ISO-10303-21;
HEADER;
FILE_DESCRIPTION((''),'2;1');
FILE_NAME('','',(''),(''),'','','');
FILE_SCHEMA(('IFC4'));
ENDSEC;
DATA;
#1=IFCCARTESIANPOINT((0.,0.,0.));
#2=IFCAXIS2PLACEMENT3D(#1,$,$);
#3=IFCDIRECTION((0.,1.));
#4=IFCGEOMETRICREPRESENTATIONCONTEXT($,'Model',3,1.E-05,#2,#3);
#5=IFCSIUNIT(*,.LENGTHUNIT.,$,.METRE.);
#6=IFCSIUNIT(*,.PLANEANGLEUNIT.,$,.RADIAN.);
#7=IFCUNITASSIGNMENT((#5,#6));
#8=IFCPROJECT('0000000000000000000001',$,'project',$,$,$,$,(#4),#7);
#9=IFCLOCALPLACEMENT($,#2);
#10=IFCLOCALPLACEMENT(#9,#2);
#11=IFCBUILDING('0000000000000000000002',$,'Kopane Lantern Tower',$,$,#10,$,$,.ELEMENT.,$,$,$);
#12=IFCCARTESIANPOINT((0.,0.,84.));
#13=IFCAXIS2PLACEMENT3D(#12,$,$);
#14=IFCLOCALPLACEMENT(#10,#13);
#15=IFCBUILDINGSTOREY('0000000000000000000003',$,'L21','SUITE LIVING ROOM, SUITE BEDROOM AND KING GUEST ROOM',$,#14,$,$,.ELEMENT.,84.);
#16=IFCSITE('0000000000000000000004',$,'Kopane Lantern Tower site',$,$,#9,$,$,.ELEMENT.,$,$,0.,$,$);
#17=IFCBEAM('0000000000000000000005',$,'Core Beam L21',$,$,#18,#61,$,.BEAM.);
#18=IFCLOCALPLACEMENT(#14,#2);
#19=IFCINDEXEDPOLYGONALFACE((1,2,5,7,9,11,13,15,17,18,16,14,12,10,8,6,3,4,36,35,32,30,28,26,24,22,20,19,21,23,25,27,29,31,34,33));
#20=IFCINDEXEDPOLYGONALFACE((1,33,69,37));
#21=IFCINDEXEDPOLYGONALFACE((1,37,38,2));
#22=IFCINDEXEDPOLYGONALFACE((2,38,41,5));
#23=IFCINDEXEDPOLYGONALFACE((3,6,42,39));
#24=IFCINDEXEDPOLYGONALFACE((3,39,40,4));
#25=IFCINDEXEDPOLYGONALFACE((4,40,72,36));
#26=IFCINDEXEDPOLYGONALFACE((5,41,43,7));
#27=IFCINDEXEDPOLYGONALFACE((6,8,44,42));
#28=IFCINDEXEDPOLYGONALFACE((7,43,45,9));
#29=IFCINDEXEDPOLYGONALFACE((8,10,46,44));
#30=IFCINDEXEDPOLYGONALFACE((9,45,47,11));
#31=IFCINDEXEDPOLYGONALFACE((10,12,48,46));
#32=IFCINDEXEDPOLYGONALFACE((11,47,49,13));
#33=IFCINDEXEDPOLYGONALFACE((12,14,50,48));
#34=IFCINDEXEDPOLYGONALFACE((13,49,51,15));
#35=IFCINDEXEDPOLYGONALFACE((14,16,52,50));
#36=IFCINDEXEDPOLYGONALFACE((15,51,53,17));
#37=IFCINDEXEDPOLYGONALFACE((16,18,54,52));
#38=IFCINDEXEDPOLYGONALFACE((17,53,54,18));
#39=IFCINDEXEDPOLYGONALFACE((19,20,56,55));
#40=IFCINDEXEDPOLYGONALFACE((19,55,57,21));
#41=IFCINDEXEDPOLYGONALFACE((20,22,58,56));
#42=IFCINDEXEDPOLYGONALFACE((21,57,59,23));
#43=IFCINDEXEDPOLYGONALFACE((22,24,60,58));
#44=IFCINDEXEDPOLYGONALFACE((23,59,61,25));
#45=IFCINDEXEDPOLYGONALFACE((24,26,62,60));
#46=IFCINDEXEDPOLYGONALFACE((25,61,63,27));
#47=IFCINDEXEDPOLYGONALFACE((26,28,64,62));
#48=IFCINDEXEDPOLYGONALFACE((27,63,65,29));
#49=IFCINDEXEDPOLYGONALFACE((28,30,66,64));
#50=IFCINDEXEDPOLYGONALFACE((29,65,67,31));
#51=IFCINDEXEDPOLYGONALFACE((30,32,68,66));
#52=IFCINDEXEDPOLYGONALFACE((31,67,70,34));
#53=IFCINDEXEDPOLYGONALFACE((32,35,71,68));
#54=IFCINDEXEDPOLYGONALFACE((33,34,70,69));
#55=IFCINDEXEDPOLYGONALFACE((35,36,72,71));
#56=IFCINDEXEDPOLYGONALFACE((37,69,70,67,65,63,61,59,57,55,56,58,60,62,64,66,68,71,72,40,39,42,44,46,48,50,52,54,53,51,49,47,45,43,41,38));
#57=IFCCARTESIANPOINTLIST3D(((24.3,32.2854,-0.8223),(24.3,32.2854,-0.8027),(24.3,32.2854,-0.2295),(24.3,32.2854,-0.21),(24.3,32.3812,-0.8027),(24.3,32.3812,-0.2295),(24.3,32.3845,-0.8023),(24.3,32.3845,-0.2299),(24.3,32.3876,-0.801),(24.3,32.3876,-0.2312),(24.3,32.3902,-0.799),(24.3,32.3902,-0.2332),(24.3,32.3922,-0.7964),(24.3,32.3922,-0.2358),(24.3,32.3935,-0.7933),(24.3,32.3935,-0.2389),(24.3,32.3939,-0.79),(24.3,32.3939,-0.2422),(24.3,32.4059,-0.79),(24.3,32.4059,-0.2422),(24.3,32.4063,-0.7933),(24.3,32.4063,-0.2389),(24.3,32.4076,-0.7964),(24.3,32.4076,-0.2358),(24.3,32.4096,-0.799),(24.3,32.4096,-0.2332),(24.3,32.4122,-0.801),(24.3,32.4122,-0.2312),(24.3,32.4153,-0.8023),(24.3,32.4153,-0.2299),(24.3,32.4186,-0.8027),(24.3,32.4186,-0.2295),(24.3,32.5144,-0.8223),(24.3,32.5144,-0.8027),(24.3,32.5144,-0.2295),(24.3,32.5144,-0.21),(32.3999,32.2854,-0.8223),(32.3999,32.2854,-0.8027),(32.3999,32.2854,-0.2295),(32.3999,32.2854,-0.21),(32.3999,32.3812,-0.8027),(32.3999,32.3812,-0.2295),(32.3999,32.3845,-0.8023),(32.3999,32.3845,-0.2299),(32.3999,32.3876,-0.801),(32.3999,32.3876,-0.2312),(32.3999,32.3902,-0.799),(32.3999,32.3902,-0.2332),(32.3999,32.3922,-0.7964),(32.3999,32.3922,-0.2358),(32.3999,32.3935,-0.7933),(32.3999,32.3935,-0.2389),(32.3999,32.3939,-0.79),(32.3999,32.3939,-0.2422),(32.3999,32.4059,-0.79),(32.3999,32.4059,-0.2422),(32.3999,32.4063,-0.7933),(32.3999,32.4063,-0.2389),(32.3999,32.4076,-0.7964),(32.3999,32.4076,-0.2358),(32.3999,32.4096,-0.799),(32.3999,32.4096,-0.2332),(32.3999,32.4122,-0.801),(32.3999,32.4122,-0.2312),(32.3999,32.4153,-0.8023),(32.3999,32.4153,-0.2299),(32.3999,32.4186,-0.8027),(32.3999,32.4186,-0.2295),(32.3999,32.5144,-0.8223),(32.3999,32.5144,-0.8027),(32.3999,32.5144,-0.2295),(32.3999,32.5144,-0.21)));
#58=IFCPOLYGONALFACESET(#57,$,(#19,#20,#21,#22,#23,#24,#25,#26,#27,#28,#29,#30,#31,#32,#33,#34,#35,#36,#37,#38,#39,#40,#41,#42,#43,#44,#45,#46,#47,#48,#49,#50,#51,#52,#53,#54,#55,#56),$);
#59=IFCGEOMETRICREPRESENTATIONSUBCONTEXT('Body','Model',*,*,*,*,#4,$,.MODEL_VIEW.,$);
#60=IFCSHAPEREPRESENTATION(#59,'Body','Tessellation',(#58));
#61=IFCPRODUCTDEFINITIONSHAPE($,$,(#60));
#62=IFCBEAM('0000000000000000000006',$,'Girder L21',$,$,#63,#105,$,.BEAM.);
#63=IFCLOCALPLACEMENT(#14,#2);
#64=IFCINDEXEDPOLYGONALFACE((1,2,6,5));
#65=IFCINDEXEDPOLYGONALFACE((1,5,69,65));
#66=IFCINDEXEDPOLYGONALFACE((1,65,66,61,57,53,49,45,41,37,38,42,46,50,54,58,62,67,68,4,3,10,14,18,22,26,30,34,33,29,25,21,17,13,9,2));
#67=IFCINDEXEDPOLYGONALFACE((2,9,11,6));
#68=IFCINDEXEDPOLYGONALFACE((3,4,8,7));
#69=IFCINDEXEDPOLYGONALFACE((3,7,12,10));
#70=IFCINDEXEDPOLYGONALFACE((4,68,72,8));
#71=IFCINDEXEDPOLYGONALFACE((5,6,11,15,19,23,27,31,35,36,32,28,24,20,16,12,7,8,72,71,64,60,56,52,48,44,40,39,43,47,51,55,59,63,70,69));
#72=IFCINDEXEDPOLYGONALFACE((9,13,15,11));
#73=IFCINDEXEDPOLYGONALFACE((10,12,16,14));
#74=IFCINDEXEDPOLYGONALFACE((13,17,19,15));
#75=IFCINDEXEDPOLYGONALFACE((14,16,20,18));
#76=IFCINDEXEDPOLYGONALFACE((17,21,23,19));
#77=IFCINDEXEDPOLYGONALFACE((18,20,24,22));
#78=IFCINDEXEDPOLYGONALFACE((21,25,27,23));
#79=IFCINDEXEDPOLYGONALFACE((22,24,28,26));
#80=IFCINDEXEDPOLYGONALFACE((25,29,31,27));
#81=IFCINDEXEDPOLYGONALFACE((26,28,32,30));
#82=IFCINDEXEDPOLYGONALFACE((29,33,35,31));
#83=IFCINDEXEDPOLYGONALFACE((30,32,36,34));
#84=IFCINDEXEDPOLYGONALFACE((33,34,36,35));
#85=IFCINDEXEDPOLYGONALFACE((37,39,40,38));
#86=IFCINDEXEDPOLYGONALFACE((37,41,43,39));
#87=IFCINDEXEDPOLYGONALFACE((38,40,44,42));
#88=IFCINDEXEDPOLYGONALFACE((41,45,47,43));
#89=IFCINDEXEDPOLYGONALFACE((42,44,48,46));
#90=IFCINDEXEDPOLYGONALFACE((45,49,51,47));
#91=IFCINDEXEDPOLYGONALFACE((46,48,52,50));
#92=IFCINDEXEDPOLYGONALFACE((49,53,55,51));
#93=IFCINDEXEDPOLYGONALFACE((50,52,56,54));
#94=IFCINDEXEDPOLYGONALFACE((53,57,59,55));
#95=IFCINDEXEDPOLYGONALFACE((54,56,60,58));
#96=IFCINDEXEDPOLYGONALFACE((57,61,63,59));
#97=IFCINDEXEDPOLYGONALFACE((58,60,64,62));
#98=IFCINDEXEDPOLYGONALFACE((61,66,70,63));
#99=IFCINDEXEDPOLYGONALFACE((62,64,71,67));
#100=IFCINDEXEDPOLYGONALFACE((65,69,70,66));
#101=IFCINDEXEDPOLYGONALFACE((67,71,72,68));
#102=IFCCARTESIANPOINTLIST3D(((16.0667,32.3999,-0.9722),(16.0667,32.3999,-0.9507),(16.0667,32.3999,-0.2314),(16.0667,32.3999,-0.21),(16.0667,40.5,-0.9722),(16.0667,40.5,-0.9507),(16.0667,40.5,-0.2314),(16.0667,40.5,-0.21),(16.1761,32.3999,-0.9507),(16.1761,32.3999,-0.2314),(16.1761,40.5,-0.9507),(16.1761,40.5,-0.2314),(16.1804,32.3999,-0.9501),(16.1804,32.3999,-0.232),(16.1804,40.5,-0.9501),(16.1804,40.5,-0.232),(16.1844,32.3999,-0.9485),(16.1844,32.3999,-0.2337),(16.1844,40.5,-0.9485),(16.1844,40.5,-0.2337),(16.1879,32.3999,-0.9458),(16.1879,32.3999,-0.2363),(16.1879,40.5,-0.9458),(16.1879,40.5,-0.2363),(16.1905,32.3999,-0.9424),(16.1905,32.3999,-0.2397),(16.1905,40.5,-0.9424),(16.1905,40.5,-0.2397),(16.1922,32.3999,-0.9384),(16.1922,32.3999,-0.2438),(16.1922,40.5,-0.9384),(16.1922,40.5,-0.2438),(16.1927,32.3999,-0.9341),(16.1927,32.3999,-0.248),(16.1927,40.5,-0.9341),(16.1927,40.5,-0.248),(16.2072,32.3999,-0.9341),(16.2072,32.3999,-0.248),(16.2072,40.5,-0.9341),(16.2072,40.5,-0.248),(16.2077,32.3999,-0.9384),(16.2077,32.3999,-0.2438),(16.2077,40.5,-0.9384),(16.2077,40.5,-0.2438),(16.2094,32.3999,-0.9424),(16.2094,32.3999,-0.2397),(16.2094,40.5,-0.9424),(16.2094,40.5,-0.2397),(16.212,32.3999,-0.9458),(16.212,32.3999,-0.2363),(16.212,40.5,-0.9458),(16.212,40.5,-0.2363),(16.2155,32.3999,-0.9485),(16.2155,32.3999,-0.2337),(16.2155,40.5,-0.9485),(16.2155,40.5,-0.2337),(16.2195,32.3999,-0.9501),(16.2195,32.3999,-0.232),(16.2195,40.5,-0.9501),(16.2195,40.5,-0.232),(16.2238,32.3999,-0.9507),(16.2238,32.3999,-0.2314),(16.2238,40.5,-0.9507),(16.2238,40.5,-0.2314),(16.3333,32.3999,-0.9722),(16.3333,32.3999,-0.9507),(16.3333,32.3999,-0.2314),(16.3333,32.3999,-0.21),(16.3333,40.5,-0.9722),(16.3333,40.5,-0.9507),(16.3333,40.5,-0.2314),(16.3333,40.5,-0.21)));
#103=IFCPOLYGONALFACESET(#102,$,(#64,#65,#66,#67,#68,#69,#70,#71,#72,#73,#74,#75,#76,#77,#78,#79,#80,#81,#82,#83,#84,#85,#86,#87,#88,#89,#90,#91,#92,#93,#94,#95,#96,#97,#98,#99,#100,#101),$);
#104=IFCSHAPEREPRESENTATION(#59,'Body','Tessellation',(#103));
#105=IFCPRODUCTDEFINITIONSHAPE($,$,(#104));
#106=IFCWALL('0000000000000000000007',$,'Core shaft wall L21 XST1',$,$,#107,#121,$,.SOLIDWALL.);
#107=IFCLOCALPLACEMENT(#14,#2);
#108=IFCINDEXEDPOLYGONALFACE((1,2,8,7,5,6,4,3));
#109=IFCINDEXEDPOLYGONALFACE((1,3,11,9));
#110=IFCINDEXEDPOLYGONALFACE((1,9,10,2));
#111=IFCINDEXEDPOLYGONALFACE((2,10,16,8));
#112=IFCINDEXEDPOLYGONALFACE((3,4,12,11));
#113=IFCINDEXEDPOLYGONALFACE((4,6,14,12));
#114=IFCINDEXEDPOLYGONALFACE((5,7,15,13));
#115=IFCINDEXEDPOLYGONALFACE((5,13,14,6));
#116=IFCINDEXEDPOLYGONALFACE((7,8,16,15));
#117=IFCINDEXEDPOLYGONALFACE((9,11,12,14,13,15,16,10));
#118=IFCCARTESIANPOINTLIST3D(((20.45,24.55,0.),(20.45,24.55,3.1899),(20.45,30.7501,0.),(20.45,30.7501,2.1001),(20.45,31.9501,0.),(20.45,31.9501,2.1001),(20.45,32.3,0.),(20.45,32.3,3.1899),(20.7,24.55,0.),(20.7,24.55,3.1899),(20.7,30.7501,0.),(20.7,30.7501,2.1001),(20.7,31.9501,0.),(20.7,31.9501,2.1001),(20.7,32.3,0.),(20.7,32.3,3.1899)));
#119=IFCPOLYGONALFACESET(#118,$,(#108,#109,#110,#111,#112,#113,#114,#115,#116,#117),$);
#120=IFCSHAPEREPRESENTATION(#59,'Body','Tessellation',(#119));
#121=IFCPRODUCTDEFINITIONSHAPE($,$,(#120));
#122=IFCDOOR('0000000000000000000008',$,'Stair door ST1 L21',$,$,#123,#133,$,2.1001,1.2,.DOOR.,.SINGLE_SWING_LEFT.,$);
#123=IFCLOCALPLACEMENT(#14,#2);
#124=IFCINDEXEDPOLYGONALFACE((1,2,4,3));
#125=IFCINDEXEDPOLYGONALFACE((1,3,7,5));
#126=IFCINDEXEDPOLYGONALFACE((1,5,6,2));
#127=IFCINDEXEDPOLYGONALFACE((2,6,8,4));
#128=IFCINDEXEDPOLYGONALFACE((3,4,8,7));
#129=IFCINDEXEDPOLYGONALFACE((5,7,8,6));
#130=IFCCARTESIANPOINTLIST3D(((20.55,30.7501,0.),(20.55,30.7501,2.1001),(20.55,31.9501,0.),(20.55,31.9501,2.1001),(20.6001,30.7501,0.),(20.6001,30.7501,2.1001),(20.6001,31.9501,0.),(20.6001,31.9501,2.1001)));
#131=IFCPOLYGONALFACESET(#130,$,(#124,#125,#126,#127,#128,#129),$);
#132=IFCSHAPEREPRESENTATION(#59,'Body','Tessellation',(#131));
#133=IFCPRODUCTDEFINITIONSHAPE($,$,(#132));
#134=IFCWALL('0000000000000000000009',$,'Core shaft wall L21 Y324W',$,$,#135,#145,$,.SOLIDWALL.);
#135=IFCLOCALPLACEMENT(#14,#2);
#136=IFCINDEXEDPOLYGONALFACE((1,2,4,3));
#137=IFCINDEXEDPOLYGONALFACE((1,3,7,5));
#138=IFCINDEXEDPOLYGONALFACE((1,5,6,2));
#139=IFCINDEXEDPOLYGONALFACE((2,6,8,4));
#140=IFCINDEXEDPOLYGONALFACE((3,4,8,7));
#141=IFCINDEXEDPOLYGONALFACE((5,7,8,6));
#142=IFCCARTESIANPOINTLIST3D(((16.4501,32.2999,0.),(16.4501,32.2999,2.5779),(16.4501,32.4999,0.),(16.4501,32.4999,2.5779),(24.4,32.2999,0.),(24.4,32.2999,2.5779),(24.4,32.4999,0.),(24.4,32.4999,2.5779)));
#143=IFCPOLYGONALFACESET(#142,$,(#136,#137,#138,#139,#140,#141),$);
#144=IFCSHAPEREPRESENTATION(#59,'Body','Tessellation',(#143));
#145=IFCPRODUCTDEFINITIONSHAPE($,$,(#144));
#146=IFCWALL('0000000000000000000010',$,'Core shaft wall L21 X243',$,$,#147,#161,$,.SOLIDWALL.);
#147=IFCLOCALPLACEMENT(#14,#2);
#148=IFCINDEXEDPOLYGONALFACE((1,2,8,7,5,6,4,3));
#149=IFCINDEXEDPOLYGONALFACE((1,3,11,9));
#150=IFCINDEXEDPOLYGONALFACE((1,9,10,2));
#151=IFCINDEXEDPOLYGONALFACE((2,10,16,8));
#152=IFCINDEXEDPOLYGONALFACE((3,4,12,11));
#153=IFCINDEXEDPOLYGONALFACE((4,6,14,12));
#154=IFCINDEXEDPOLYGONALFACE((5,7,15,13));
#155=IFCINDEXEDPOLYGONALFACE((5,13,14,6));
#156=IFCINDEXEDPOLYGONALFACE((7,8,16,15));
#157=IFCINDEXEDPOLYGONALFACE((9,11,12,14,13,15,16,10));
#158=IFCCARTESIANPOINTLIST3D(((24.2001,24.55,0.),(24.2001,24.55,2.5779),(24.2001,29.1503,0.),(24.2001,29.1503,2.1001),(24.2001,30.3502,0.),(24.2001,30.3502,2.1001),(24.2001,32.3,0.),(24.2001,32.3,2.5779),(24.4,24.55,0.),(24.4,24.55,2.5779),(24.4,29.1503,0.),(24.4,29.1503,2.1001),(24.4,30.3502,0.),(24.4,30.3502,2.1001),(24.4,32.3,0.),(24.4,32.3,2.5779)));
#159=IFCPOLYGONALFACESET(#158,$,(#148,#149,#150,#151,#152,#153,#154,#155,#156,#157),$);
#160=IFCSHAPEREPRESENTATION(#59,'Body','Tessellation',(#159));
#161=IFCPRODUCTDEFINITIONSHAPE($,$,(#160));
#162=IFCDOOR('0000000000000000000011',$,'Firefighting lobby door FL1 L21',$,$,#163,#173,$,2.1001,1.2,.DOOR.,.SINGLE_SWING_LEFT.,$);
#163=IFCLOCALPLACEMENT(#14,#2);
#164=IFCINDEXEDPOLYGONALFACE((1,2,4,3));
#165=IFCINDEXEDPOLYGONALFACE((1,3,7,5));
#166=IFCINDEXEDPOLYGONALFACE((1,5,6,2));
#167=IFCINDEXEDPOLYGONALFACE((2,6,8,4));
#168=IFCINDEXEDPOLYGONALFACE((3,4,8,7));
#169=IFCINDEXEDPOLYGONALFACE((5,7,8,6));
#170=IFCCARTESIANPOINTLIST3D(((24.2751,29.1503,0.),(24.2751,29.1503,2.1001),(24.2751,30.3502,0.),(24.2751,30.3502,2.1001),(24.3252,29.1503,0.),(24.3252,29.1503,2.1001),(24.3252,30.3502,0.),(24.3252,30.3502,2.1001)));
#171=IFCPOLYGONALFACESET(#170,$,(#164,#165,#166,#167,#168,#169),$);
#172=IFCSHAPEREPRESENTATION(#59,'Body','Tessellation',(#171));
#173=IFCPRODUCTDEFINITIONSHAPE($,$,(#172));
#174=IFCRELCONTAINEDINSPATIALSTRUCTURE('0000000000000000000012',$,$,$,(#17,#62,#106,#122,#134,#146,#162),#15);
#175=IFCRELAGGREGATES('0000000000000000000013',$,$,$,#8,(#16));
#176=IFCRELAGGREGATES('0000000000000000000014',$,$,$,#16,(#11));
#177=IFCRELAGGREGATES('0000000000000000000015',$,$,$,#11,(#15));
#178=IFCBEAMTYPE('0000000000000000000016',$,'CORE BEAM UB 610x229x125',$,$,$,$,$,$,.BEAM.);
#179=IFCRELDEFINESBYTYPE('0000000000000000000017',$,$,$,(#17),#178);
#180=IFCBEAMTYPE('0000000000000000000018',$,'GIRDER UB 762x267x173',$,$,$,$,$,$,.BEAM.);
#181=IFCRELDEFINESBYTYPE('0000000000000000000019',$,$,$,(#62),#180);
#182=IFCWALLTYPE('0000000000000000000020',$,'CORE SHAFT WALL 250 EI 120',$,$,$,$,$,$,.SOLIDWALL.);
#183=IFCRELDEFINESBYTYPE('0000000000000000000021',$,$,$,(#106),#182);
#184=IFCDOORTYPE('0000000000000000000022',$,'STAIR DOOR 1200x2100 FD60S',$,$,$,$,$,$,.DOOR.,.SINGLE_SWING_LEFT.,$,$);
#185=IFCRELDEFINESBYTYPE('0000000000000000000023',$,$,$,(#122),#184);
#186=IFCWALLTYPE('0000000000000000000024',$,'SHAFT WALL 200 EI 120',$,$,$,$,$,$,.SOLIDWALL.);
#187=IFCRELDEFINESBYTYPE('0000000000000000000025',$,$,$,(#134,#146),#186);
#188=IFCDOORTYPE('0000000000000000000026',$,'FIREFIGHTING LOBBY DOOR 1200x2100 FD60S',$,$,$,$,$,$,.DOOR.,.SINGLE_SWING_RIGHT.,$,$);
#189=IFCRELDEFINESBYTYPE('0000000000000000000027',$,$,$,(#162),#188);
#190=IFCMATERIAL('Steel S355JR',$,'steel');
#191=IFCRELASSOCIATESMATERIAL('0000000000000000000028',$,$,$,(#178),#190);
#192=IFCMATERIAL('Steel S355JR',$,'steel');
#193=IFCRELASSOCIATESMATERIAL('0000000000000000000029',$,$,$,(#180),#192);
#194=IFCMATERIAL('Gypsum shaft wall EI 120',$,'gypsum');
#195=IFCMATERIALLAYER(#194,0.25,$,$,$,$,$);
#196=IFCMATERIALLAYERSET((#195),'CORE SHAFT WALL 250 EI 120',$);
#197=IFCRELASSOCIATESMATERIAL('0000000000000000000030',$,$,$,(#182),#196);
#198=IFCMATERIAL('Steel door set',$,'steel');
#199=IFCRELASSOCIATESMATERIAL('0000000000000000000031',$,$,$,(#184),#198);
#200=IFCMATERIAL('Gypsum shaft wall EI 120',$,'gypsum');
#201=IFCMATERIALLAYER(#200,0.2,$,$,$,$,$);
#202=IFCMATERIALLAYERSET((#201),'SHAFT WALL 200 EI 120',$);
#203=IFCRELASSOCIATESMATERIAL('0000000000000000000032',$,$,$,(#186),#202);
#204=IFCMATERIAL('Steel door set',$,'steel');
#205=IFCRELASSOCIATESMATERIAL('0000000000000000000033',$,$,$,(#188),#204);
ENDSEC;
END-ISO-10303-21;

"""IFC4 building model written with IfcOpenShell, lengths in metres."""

from ifc_helpers import new_model, si_unit, direction, frame, frame_2d, origin, origin_2d, place, context, subcontext, project, spatial, rectangle, i_section, extrude, material, layer, layer_set, material_profile, profile_set, type_object, element, fill, save


model = new_model("IFC4")

# Units and contexts
model_context = context("Model", 3, precision=1e-05, world=origin(), true_north=direction((0.0, 1.0)))
body_context = subcontext(model_context, "Body", "Model", "MODEL_VIEW")
ifc_project = project(units=[si_unit("LENGTHUNIT", "METRE"), si_unit("PLANEANGLEUNIT", "RADIAN")], contexts=[model_context])

# Site, building, storey
site_placement = place(None, origin())
site = spatial("IfcSite", under=ifc_project, at=site_placement, Name="Kopane Lantern Tower site", CompositionType="ELEMENT", RefElevation=0.0)
building_placement = place(site_placement, origin())
building = spatial("IfcBuilding", under=site, at=building_placement, Name="Kopane Lantern Tower", CompositionType="ELEMENT")
storey_placement = place(building_placement, frame((0.0, 0.0, 84.0)))
storey = spatial("IfcBuildingStorey", under=building, at=storey_placement, Name="L21", Description="SUITE LIVING ROOM, SUITE BEDROOM AND KING GUEST ROOM", CompositionType="ELEMENT", Elevation=84.0)

# Beams
ifc_material_1 = material(Name="Steel S355JR", Category="steel")
ifc_material_profile_1 = material_profile(ifc_material_1, i_section(OverallWidth=0.229, OverallDepth=0.6123, WebThickness=0.012, FlangeThickness=0.0195, FilletRadius=0.0127, at=origin_2d()), Name="UB 610x229x125")
ifc_profile_set_1 = profile_set([ifc_material_profile_1], Name="Steel S355JR")
beam_type_1 = type_object("IfcBeamType", Name="CORE BEAM UB 610x229x125", PredefinedType="BEAM", material=ifc_profile_set_1)
beam_1_placement = place(storey_placement, frame((24.3, 32.3999, -0.5161), z_axis=(1.0, 0.0, 0.0), x_axis=(0.0, 1.0, 0.0)))
element("IfcBeam", 1, at=beam_1_placement, inside=storey, type_object=beam_type_1, Name="Core Beam L21", PredefinedType="BEAM", context=body_context, shape_type="SweptSolid", body=[
    extrude(i_section(OverallWidth=0.229, OverallDepth=0.6123, WebThickness=0.012, FlangeThickness=0.0195, FilletRadius=0.0127, at=origin_2d()), origin(), (0.0, 0.0, 1.0), 8.0999),
])
ifc_material_2 = material(Name="Steel S355JR", Category="steel")
ifc_material_profile_2 = material_profile(ifc_material_2, i_section(OverallWidth=0.2666, OverallDepth=0.7622, WebThickness=0.0144, FlangeThickness=0.0215, FilletRadius=0.0166, at=origin_2d()), Name="UB 762x267x173")
ifc_profile_set_2 = profile_set([ifc_material_profile_2], Name="Steel S355JR")
beam_type_2 = type_object("IfcBeamType", Name="GIRDER UB 762x267x173", PredefinedType="BEAM", material=ifc_profile_set_2)
beam_2_placement = place(storey_placement, frame((16.2, 32.3999, -0.5911), z_axis=(0.0, 1.0, 0.0), x_axis=(-1.0, 0.0, 0.0)))
element("IfcBeam", 2, at=beam_2_placement, inside=storey, type_object=beam_type_2, Name="Girder L21", PredefinedType="BEAM", context=body_context, shape_type="SweptSolid", body=[
    extrude(i_section(OverallWidth=0.2666, OverallDepth=0.7622, WebThickness=0.0144, FlangeThickness=0.0215, FilletRadius=0.0166, at=origin_2d()), origin(), (0.0, 0.0, 1.0), 8.1001),
])

# Wall, opening, door
ifc_material_3 = material(Name="Gypsum shaft wall EI 120", Category="gypsum")
ifc_layer_1 = layer(ifc_material_3, 0.25)
ifc_layer_set_1 = layer_set([ifc_layer_1], Name="CORE SHAFT WALL 250 EI 120")
wall_type_1 = type_object("IfcWallType", Name="CORE SHAFT WALL 250 EI 120", PredefinedType="SOLIDWALL", material=ifc_layer_set_1)
wall_1_placement = place(storey_placement, frame((20.575, 24.55, 0.0), z_axis=(0.0, 0.0, 1.0), x_axis=(0.0, 1.0, 0.0)))
wall_1 = element("IfcWall", 3, at=wall_1_placement, inside=storey, type_object=wall_type_1, Name="Core shaft wall L21 XST1", PredefinedType="SOLIDWALL", context=body_context, shape_type="SweptSolid", body=[
    extrude(rectangle(XDim=7.75, YDim=0.25, at=frame_2d((3.875, 0.0))), origin(), (0.0, 0.0, 1.0), 3.1899),
])
opening_1_placement = place(wall_1_placement, frame((6.2, 0.0, 0.0)))
opening_1 = element("IfcOpeningElement", 4, at=opening_1_placement, cuts=wall_1, PredefinedType="OPENING", context=body_context, shape_type="SweptSolid", body=[
    extrude(rectangle(XDim=1.2, YDim=2.1001, at=frame_2d((0.6001, 1.05))), frame((0.0, 0.135, 0.0), z_axis=(0.0, -1.0, 0.0), x_axis=(1.0, 0.0, 0.0)), (0.0, 0.0, 1.0), 0.27),
])
ifc_material_4 = material(Name="Steel door set", Category="steel")
door_type_1 = type_object("IfcDoorType", Name="STAIR DOOR 1200x2100 FD60S", OperationType="SINGLE_SWING_LEFT", PredefinedType="DOOR", material=ifc_material_4)
door_1_placement = place(opening_1_placement, origin())
door_1 = element("IfcDoor", 5, at=door_1_placement, inside=storey, type_object=door_type_1, Name="Stair door ST1 L21", OperationType="SINGLE_SWING_LEFT", OverallHeight=2.1001, OverallWidth=1.2, PredefinedType="DOOR", context=body_context, shape_type="SweptSolid", body=[
    extrude(rectangle(XDim=1.2, YDim=2.1001, at=frame_2d((0.6001, 1.05))), frame((0.0, 0.0249, 0.0), z_axis=(0.0, -1.0, 0.0), x_axis=(1.0, 0.0, 0.0)), (0.0, 0.0, 1.0), 0.05),
])
fill(opening_1, door_1)

# Wall
ifc_material_5 = material(Name="Gypsum shaft wall EI 120", Category="gypsum")
ifc_layer_2 = layer(ifc_material_5, 0.2)
ifc_layer_set_2 = layer_set([ifc_layer_2], Name="SHAFT WALL 200 EI 120")
wall_type_2 = type_object("IfcWallType", Name="SHAFT WALL 200 EI 120", PredefinedType="SOLIDWALL", material=ifc_layer_set_2)
wall_2_placement = place(storey_placement, frame((16.45, 32.3999, 0.0), z_axis=(0.0, 0.0, 1.0), x_axis=(1.0, 0.0, 0.0)))
element("IfcWall", 6, at=wall_2_placement, inside=storey, type_object=wall_type_2, Name="Core shaft wall L21 Y324W", PredefinedType="SOLIDWALL", context=body_context, shape_type="SweptSolid", body=[
    extrude(rectangle(XDim=7.95, YDim=0.2, at=frame_2d((3.9751, 0.0))), origin(), (0.0, 0.0, 1.0), 2.5779),
])

# Wall, opening, door
wall_3_placement = place(storey_placement, frame((24.3, 24.55, 0.0), z_axis=(0.0, 0.0, 1.0), x_axis=(0.0, 1.0, 0.0)))
wall_3 = element("IfcWall", 7, at=wall_3_placement, inside=storey, type_object=wall_type_2, Name="Core shaft wall L21 X243", PredefinedType="SOLIDWALL", context=body_context, shape_type="SweptSolid", body=[
    extrude(rectangle(XDim=7.75, YDim=0.2, at=frame_2d((3.875, 0.0))), origin(), (0.0, 0.0, 1.0), 2.5779),
])
opening_2_placement = place(wall_3_placement, frame((4.6001, 0.0, 0.0)))
opening_2 = element("IfcOpeningElement", 8, at=opening_2_placement, cuts=wall_3, PredefinedType="OPENING", context=body_context, shape_type="SweptSolid", body=[
    extrude(rectangle(XDim=1.2, YDim=2.1001, at=frame_2d((0.6001, 1.05))), frame((0.0, 0.1099, 0.0), z_axis=(0.0, -1.0, 0.0), x_axis=(1.0, 0.0, 0.0)), (0.0, 0.0, 1.0), 0.22),
])
ifc_material_6 = material(Name="Steel door set", Category="steel")
door_type_2 = type_object("IfcDoorType", Name="FIREFIGHTING LOBBY DOOR 1200x2100 FD60S", OperationType="SINGLE_SWING_RIGHT", PredefinedType="DOOR", material=ifc_material_6)
door_2_placement = place(opening_2_placement, origin())
door_2 = element("IfcDoor", 9, at=door_2_placement, inside=storey, type_object=door_type_2, Name="Firefighting lobby door FL1 L21", OperationType="SINGLE_SWING_LEFT", OverallHeight=2.1001, OverallWidth=1.2, PredefinedType="DOOR", context=body_context, shape_type="SweptSolid", body=[
    extrude(rectangle(XDim=1.2, YDim=2.1001, at=frame_2d((0.6001, 1.05))), frame((0.0, 0.0249, 0.0), z_axis=(0.0, -1.0, 0.0), x_axis=(1.0, 0.0, 0.0)), (0.0, 0.0, 1.0), 0.05),
])
fill(opening_2, door_2)

save(model, "model.ifc")
